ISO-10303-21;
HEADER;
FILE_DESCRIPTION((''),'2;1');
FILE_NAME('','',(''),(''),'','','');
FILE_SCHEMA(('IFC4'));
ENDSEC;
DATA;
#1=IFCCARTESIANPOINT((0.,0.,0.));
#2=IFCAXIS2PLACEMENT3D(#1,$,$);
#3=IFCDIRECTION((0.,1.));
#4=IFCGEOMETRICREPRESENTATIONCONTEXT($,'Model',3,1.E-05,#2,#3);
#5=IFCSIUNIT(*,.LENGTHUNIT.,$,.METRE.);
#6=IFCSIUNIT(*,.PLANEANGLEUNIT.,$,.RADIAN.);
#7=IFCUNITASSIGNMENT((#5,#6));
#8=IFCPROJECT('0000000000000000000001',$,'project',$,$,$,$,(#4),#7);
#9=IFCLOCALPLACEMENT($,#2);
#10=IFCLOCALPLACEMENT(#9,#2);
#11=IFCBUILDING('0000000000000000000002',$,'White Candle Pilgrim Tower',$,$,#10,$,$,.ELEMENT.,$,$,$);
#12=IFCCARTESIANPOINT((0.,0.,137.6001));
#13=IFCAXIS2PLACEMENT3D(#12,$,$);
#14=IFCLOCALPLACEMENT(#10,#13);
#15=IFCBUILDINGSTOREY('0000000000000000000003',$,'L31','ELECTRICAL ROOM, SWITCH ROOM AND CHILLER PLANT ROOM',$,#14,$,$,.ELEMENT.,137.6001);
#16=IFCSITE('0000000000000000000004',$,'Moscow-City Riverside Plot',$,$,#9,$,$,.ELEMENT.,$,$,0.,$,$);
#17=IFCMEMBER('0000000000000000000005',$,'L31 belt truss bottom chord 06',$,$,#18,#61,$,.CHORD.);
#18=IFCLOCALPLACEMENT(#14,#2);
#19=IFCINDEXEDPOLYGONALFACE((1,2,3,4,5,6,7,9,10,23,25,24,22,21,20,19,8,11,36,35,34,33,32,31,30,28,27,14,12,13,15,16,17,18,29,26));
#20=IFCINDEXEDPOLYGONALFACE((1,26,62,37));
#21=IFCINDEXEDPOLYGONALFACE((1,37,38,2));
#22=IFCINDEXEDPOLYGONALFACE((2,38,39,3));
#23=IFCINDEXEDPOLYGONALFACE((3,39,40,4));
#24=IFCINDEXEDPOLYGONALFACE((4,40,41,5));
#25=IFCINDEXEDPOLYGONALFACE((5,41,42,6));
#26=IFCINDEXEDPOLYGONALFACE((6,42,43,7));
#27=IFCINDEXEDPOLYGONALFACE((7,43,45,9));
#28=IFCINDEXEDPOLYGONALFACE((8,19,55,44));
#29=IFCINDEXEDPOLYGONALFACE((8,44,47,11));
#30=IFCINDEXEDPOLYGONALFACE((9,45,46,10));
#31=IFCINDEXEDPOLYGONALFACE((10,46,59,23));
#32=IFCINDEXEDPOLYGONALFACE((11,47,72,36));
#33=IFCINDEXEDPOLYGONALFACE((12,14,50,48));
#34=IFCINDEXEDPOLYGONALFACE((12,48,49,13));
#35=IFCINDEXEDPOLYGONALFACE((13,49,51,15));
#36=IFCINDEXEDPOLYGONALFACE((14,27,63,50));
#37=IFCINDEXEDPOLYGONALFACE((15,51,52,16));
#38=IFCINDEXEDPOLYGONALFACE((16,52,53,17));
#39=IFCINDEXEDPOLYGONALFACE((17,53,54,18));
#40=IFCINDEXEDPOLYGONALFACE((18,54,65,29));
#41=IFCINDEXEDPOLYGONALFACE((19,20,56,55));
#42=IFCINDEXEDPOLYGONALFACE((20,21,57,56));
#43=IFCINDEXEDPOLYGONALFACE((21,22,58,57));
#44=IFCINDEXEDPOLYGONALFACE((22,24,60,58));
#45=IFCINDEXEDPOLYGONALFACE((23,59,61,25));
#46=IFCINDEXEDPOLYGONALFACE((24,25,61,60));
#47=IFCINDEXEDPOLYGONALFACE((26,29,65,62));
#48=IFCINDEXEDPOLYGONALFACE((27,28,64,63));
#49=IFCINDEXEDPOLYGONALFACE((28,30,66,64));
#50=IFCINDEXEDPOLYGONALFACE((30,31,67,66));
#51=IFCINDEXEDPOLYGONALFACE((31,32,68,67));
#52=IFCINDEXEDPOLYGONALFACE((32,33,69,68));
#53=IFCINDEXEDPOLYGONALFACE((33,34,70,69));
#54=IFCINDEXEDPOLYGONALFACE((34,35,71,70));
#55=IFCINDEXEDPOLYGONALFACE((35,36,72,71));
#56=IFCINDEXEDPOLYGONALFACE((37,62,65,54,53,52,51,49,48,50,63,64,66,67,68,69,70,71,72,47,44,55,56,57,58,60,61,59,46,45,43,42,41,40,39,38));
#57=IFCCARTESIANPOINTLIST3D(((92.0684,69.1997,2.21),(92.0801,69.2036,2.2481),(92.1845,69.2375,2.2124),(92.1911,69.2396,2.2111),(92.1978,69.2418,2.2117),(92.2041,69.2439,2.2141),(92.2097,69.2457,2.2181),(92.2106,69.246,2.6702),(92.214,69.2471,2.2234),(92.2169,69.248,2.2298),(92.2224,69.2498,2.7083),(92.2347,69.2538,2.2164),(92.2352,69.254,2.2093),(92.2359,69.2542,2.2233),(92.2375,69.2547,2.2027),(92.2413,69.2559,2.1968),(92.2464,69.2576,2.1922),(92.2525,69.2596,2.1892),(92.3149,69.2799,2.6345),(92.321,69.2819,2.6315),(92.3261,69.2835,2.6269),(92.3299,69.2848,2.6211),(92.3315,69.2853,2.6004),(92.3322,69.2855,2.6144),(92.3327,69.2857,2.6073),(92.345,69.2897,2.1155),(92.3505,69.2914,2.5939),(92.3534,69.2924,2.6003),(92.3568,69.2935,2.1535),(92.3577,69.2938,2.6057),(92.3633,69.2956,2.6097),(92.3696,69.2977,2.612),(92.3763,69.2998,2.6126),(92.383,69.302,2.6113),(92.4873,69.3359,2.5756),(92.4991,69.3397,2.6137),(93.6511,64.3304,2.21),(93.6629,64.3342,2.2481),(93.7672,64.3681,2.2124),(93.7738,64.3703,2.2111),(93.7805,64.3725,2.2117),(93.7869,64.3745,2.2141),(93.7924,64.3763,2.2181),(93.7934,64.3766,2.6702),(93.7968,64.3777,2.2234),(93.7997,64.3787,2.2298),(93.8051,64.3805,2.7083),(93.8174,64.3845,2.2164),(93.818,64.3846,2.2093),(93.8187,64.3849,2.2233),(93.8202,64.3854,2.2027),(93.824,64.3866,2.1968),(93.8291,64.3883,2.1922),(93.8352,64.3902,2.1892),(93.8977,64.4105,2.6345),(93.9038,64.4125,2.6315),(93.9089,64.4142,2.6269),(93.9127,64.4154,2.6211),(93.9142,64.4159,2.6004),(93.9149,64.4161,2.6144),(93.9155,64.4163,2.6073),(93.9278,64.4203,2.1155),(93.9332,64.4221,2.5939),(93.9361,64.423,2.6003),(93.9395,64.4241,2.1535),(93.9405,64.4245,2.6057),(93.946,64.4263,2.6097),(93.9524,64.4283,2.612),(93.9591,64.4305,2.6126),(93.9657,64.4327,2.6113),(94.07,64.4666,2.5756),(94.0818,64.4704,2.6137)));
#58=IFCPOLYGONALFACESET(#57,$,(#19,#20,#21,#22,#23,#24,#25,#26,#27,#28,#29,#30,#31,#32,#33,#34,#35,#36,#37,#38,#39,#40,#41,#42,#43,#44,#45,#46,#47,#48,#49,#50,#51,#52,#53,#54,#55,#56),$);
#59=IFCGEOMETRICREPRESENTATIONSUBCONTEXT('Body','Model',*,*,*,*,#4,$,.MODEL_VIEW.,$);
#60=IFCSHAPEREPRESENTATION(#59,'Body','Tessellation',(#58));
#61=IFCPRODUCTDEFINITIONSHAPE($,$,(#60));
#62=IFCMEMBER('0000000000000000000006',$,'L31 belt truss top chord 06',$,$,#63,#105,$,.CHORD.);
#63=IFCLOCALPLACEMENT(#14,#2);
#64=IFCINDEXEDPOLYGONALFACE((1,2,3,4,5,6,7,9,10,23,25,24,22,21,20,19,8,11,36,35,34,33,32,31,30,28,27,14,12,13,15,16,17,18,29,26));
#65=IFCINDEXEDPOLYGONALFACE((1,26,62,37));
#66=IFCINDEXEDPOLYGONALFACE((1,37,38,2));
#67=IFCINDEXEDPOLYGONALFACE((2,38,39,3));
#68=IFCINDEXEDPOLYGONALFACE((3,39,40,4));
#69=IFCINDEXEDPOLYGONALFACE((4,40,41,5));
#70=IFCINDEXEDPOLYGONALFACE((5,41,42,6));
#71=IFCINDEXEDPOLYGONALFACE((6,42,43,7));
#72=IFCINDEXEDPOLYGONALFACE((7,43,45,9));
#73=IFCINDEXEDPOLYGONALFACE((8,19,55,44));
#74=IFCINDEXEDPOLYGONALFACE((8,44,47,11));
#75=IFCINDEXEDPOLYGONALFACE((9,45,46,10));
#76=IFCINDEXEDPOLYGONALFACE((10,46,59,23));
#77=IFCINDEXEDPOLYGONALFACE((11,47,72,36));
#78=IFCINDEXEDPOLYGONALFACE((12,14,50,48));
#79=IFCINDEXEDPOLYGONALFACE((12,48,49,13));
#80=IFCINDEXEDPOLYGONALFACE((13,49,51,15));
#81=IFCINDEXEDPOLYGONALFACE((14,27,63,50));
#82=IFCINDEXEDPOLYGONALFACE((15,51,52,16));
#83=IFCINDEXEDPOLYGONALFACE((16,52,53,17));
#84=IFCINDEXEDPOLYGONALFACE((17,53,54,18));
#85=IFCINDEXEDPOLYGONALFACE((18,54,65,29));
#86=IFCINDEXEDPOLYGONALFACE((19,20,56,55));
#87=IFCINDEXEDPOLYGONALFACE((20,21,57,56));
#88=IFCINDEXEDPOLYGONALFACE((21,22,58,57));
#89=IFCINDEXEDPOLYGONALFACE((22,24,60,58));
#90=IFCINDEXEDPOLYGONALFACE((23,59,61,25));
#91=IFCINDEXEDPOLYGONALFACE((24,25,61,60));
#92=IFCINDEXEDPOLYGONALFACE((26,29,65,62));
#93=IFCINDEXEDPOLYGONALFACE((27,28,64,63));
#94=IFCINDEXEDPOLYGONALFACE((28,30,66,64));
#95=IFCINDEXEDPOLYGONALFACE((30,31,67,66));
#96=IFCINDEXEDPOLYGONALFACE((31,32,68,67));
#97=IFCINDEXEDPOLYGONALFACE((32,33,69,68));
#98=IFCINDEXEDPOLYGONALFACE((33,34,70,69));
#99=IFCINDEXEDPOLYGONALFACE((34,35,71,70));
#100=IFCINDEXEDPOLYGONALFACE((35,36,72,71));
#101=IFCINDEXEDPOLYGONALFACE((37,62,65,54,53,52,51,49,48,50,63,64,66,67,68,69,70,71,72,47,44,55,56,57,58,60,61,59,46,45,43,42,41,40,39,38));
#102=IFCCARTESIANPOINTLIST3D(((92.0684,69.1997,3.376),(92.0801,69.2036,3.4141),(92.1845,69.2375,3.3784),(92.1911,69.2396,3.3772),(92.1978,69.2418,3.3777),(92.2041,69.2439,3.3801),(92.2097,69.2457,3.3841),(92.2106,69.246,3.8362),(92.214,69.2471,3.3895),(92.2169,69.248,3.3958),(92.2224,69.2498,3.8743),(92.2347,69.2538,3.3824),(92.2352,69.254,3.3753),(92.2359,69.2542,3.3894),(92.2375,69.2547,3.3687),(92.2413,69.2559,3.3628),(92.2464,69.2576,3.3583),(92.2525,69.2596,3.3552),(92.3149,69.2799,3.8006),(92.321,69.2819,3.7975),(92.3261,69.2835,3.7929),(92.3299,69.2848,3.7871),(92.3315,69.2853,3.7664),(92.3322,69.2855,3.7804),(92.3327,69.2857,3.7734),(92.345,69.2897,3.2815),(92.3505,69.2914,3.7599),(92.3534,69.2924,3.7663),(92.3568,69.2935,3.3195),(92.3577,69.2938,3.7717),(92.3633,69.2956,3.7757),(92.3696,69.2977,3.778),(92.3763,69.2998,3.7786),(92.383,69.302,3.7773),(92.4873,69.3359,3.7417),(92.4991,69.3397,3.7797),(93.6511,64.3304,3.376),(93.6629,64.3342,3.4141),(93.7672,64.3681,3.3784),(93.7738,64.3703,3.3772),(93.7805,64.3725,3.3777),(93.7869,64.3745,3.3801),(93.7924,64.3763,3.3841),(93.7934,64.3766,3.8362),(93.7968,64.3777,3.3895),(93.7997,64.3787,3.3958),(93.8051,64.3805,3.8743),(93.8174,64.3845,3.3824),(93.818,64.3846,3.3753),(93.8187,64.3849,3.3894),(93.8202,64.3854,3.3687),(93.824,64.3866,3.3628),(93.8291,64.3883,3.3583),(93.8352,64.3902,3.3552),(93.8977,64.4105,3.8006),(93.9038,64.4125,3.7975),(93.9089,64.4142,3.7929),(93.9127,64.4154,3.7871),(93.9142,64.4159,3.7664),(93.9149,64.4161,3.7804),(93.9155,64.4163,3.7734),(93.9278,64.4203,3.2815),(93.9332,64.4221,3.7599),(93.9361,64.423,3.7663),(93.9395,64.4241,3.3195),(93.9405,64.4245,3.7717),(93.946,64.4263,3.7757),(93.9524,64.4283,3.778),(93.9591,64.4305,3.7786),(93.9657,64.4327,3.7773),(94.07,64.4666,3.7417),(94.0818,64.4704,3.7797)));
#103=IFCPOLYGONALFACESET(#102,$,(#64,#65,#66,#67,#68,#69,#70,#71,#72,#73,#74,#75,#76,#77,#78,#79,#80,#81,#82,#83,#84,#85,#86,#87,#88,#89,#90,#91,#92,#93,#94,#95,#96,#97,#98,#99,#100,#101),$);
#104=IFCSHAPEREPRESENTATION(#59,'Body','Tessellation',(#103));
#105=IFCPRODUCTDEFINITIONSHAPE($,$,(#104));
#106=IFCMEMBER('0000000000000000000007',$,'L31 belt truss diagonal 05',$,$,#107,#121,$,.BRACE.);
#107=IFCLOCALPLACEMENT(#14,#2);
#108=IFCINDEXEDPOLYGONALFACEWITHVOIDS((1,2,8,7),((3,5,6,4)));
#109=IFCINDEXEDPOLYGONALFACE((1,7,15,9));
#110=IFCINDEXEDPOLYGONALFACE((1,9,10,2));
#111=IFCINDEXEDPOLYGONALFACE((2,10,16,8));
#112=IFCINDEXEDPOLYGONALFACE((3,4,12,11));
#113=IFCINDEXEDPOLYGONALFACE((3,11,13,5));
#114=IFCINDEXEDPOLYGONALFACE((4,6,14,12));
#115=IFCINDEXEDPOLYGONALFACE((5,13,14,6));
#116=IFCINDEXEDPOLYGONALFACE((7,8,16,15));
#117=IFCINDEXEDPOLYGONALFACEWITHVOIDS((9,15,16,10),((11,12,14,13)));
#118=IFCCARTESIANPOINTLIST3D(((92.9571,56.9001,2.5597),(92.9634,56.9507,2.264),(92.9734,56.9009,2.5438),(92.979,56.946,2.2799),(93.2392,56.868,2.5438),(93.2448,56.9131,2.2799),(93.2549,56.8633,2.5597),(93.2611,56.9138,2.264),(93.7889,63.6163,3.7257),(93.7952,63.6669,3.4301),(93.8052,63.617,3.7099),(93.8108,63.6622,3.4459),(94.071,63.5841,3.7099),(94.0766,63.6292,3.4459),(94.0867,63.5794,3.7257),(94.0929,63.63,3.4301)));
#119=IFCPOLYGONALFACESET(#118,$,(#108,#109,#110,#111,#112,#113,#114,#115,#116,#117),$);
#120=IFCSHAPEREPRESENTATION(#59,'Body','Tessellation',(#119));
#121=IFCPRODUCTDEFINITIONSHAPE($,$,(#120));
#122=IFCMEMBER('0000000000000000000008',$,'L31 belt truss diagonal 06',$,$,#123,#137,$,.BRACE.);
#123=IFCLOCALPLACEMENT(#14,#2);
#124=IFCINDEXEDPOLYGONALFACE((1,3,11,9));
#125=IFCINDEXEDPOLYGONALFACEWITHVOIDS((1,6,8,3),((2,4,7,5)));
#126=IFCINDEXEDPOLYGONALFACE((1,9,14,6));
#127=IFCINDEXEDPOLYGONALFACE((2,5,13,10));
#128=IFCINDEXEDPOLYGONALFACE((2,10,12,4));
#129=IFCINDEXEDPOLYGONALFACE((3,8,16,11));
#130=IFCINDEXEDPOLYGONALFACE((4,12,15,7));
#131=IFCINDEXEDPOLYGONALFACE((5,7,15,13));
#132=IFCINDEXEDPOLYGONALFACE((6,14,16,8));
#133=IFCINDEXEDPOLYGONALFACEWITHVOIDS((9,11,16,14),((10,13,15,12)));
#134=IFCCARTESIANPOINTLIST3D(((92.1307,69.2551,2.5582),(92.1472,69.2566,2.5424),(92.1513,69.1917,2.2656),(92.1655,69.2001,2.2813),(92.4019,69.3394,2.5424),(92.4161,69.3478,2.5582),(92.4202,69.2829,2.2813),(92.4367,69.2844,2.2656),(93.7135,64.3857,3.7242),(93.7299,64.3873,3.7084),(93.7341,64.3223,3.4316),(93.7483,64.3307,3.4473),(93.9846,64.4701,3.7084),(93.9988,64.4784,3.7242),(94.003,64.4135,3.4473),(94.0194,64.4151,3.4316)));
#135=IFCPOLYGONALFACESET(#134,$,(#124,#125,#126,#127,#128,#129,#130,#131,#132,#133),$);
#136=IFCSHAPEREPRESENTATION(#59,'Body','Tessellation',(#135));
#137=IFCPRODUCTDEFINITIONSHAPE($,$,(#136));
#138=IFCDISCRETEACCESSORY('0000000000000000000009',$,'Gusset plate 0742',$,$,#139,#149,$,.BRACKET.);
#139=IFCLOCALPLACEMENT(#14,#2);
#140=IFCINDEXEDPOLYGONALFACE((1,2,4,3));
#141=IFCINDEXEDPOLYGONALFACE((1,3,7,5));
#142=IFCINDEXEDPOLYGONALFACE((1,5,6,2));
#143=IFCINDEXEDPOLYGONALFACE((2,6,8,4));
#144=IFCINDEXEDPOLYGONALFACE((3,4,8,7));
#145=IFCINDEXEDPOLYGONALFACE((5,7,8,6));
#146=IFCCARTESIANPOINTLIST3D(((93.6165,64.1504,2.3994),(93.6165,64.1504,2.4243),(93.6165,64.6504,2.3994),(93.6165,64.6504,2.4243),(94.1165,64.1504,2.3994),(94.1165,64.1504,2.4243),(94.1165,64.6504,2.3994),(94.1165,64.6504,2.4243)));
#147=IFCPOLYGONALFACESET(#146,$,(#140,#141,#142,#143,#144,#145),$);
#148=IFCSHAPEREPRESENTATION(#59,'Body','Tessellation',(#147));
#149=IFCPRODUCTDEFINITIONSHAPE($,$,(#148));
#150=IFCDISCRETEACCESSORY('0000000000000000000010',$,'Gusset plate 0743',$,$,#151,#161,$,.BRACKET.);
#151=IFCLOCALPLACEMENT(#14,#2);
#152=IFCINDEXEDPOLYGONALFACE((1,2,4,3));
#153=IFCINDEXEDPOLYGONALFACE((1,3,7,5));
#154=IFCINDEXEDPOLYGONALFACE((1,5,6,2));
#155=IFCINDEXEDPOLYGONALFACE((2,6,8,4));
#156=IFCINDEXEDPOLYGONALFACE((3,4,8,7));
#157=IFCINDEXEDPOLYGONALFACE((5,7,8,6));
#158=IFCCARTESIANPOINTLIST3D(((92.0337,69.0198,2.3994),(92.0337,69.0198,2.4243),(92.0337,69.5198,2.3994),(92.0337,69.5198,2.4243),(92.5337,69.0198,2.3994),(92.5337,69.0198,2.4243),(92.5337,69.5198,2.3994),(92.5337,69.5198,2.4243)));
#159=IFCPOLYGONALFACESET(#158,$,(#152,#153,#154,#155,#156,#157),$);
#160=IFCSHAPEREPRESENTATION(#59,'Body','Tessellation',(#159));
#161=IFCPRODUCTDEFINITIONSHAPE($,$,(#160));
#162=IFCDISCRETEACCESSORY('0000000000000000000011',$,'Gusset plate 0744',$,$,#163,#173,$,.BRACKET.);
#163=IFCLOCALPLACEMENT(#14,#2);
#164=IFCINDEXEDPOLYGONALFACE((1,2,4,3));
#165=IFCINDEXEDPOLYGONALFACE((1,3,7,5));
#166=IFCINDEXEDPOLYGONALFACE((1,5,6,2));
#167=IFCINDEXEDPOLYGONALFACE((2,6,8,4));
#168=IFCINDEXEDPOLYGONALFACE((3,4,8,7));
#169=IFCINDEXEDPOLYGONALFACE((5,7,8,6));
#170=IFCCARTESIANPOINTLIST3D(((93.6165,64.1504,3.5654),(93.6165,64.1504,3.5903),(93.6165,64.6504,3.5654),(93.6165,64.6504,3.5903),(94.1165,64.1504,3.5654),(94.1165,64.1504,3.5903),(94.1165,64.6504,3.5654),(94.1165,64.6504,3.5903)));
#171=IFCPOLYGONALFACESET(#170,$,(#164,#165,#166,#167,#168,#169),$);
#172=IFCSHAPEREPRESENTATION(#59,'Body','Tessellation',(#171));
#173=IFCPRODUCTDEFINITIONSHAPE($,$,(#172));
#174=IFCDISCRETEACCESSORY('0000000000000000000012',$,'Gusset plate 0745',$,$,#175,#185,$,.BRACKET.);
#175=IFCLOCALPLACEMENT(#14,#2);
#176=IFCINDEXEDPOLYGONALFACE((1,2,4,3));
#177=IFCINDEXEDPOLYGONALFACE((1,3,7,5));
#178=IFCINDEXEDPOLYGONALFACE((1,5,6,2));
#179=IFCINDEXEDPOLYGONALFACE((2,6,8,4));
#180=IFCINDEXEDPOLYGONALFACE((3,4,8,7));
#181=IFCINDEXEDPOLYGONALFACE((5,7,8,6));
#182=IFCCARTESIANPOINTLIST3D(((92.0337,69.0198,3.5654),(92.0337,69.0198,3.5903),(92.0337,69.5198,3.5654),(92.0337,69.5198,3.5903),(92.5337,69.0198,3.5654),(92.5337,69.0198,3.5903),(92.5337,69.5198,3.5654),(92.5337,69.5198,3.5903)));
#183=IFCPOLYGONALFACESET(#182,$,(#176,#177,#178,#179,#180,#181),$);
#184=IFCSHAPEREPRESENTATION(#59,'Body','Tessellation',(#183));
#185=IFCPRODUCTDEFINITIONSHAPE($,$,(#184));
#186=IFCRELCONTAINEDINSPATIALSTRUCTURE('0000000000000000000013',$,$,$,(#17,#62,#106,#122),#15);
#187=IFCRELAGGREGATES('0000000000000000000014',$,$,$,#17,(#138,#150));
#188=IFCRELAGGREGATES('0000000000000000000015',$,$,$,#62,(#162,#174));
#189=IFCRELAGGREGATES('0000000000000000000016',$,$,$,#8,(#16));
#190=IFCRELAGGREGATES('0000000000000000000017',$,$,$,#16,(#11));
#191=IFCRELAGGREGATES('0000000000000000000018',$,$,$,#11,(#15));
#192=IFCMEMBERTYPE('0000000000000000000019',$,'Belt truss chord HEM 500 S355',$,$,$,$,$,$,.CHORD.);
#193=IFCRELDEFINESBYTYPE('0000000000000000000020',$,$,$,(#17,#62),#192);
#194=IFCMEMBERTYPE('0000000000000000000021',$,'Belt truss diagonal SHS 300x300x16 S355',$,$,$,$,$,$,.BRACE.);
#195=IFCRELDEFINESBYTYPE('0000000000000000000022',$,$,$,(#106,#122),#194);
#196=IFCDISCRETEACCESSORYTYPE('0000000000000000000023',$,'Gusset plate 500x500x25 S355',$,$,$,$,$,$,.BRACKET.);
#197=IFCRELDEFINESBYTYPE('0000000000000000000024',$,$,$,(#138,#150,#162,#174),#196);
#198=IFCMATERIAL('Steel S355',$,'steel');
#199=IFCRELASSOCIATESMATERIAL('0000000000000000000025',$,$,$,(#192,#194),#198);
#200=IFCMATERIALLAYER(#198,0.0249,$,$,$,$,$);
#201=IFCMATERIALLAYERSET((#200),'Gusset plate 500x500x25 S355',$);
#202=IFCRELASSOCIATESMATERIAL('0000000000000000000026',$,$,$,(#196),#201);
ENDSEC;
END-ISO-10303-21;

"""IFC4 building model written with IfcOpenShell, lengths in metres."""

from ifc_helpers import new_model, si_unit, direction, frame, origin, origin_2d, place, context, subcontext, project, spatial, rectangle, hollow_rectangle, i_section, extrude, material, layer, layer_set, material_profile, profile_set, type_object, element, aggregate, save


model = new_model("IFC4")

# Units and contexts
model_context = context("Model", 3, precision=1e-05, world=origin(), true_north=direction((0.0, 1.0)))
body_context = subcontext(model_context, "Body", "Model", "MODEL_VIEW")
ifc_project = project(units=[si_unit("LENGTHUNIT", "METRE"), si_unit("PLANEANGLEUNIT", "RADIAN")], contexts=[model_context])

# Site, building, storey
site_placement = place(None, origin())
site = spatial("IfcSite", under=ifc_project, at=site_placement, Name="Moscow-City Riverside Plot", CompositionType="ELEMENT", RefElevation=0.0)
building_placement = place(site_placement, origin())
building = spatial("IfcBuilding", under=site, at=building_placement, Name="White Candle Pilgrim Tower", CompositionType="ELEMENT")
storey_placement = place(building_placement, frame((0.0, 0.0, 137.6001)))
storey = spatial("IfcBuildingStorey", under=building, at=storey_placement, Name="L31", Description="ELECTRICAL ROOM, SWITCH ROOM AND CHILLER PLANT ROOM", CompositionType="ELEMENT", Elevation=137.6001)

# Members
ifc_material_1 = material(Name="Steel S355", Category="steel")
ifc_material_profile_1 = material_profile(ifc_material_1, i_section(OverallWidth=0.3059, OverallDepth=0.5239, WebThickness=0.021, FlangeThickness=0.04, FilletRadius=0.0271, at=origin_2d()), Name="HEM 500")
ifc_profile_set_1 = profile_set([ifc_material_profile_1], Name="Steel S355")
member_type_1 = type_object("IfcMemberType", Name="Belt truss chord HEM 500 S355", PredefinedType="CHORD", material=ifc_profile_set_1)
member_1_placement = place(storey_placement, frame((93.8665, 64.4004, 2.4119), z_axis=(-0.309124, 0.951022, 0.0), x_axis=(0.904441, 0.293983, -0.309129)))
member_1 = element("IfcMember", 1, at=member_1_placement, inside=storey, type_object=member_type_1, Name="L31 belt truss bottom chord 06", PredefinedType="CHORD", context=body_context, shape_type="SweptSolid", body=[
    extrude(i_section(OverallWidth=0.3059, OverallDepth=0.5239, WebThickness=0.021, FlangeThickness=0.04, FilletRadius=0.0271, at=origin_2d()), origin(), (0.0, 0.0, 1.0), 5.1201),
])
member_2_placement = place(storey_placement, frame((93.8665, 64.4004, 3.5779), z_axis=(-0.309124, 0.951022, 0.0), x_axis=(0.904441, 0.293983, -0.309129)))
member_2 = element("IfcMember", 2, at=member_2_placement, inside=storey, type_object=member_type_1, Name="L31 belt truss top chord 06", PredefinedType="CHORD", context=body_context, shape_type="SweptSolid", body=[
    extrude(i_section(OverallWidth=0.3059, OverallDepth=0.5239, WebThickness=0.021, FlangeThickness=0.04, FilletRadius=0.0271, at=origin_2d()), origin(), (0.0, 0.0, 1.0), 5.1201),
])

# Members
ifc_material_profile_2 = material_profile(ifc_material_1, hollow_rectangle(XDim=0.3, YDim=0.3, WallThickness=0.0161, at=origin_2d()), Name="SHS 300x300x16")
ifc_profile_set_2 = profile_set([ifc_material_profile_2], Name="Steel S355")
member_type_2 = type_object("IfcMemberType", Name="Belt truss diagonal SHS 300x300x16 S355", PredefinedType="BRACE", material=ifc_profile_set_2)
member_3_placement = place(storey_placement, frame((93.1091, 56.907, 2.4119), z_axis=(0.121127, 0.978007, 0.169798), x_axis=(-0.992418, 0.122911, 0.0)))
element("IfcMember", 3, at=member_3_placement, inside=storey, type_object=member_type_2, Name="L31 belt truss diagonal 05", PredefinedType="BRACE", context=body_context, shape_type="SweptSolid", body=[
    extrude(hollow_rectangle(XDim=0.3, YDim=0.3, WallThickness=0.0161, at=origin_2d()), origin(), (0.0, 0.0, 1.0), 6.8672),
])
member_4_placement = place(storey_placement, frame((93.8665, 64.4004, 3.5779), z_axis=(-0.301407, 0.927281, -0.222045), x_axis=(-0.951022, -0.309124, 0.0)))
element("IfcMember", 4, at=member_4_placement, inside=storey, type_object=member_type_2, Name="L31 belt truss diagonal 06", PredefinedType="BRACE", context=body_context, shape_type="SweptSolid", body=[
    extrude(hollow_rectangle(XDim=0.3, YDim=0.3, WallThickness=0.0161, at=origin_2d()), origin(), (0.0, 0.0, 1.0), 5.2512),
])

# Discrete accessories
ifc_layer_1 = layer(ifc_material_1, 0.0249)
ifc_layer_set_1 = layer_set([ifc_layer_1], Name="Gusset plate 500x500x25 S355")
discrete_accessory_type = type_object("IfcDiscreteAccessoryType", Name="Gusset plate 500x500x25 S355", PredefinedType="BRACKET", material=ifc_layer_set_1)
discrete_accessory_1_placement = place(storey_placement, frame((93.8665, 64.4004, 2.3994), z_axis=(0.0, 0.0, 1.0), x_axis=(1.0, 0.0, 0.0)))
discrete_accessory_1 = element("IfcDiscreteAccessory", 5, at=discrete_accessory_1_placement, type_object=discrete_accessory_type, Name="Gusset plate 0742", PredefinedType="BRACKET", context=body_context, shape_type="SweptSolid", body=[
    extrude(rectangle(XDim=0.5, YDim=0.5, at=origin_2d()), origin(), (0.0, 0.0, 1.0), 0.0249),
])
discrete_accessory_2_placement = place(storey_placement, frame((92.2837, 69.2698, 2.3994), z_axis=(0.0, 0.0, 1.0), x_axis=(1.0, 0.0, 0.0)))
discrete_accessory_2 = element("IfcDiscreteAccessory", 6, at=discrete_accessory_2_placement, type_object=discrete_accessory_type, Name="Gusset plate 0743", PredefinedType="BRACKET", context=body_context, shape_type="SweptSolid", body=[
    extrude(rectangle(XDim=0.5, YDim=0.5, at=origin_2d()), origin(), (0.0, 0.0, 1.0), 0.0249),
])
aggregate(member_1, [discrete_accessory_1, discrete_accessory_2])
discrete_accessory_3_placement = place(storey_placement, frame((93.8665, 64.4004, 3.5654), z_axis=(0.0, 0.0, 1.0), x_axis=(1.0, 0.0, 0.0)))
discrete_accessory_3 = element("IfcDiscreteAccessory", 7, at=discrete_accessory_3_placement, type_object=discrete_accessory_type, Name="Gusset plate 0744", PredefinedType="BRACKET", context=body_context, shape_type="SweptSolid", body=[
    extrude(rectangle(XDim=0.5, YDim=0.5, at=origin_2d()), origin(), (0.0, 0.0, 1.0), 0.0249),
])
discrete_accessory_4_placement = place(storey_placement, frame((92.2837, 69.2698, 3.5654), z_axis=(0.0, 0.0, 1.0), x_axis=(1.0, 0.0, 0.0)))
discrete_accessory_4 = element("IfcDiscreteAccessory", 8, at=discrete_accessory_4_placement, type_object=discrete_accessory_type, Name="Gusset plate 0745", PredefinedType="BRACKET", context=body_context, shape_type="SweptSolid", body=[
    extrude(rectangle(XDim=0.5, YDim=0.5, at=origin_2d()), origin(), (0.0, 0.0, 1.0), 0.0249),
])
aggregate(member_2, [discrete_accessory_3, discrete_accessory_4])

save(model, "model.ifc")
